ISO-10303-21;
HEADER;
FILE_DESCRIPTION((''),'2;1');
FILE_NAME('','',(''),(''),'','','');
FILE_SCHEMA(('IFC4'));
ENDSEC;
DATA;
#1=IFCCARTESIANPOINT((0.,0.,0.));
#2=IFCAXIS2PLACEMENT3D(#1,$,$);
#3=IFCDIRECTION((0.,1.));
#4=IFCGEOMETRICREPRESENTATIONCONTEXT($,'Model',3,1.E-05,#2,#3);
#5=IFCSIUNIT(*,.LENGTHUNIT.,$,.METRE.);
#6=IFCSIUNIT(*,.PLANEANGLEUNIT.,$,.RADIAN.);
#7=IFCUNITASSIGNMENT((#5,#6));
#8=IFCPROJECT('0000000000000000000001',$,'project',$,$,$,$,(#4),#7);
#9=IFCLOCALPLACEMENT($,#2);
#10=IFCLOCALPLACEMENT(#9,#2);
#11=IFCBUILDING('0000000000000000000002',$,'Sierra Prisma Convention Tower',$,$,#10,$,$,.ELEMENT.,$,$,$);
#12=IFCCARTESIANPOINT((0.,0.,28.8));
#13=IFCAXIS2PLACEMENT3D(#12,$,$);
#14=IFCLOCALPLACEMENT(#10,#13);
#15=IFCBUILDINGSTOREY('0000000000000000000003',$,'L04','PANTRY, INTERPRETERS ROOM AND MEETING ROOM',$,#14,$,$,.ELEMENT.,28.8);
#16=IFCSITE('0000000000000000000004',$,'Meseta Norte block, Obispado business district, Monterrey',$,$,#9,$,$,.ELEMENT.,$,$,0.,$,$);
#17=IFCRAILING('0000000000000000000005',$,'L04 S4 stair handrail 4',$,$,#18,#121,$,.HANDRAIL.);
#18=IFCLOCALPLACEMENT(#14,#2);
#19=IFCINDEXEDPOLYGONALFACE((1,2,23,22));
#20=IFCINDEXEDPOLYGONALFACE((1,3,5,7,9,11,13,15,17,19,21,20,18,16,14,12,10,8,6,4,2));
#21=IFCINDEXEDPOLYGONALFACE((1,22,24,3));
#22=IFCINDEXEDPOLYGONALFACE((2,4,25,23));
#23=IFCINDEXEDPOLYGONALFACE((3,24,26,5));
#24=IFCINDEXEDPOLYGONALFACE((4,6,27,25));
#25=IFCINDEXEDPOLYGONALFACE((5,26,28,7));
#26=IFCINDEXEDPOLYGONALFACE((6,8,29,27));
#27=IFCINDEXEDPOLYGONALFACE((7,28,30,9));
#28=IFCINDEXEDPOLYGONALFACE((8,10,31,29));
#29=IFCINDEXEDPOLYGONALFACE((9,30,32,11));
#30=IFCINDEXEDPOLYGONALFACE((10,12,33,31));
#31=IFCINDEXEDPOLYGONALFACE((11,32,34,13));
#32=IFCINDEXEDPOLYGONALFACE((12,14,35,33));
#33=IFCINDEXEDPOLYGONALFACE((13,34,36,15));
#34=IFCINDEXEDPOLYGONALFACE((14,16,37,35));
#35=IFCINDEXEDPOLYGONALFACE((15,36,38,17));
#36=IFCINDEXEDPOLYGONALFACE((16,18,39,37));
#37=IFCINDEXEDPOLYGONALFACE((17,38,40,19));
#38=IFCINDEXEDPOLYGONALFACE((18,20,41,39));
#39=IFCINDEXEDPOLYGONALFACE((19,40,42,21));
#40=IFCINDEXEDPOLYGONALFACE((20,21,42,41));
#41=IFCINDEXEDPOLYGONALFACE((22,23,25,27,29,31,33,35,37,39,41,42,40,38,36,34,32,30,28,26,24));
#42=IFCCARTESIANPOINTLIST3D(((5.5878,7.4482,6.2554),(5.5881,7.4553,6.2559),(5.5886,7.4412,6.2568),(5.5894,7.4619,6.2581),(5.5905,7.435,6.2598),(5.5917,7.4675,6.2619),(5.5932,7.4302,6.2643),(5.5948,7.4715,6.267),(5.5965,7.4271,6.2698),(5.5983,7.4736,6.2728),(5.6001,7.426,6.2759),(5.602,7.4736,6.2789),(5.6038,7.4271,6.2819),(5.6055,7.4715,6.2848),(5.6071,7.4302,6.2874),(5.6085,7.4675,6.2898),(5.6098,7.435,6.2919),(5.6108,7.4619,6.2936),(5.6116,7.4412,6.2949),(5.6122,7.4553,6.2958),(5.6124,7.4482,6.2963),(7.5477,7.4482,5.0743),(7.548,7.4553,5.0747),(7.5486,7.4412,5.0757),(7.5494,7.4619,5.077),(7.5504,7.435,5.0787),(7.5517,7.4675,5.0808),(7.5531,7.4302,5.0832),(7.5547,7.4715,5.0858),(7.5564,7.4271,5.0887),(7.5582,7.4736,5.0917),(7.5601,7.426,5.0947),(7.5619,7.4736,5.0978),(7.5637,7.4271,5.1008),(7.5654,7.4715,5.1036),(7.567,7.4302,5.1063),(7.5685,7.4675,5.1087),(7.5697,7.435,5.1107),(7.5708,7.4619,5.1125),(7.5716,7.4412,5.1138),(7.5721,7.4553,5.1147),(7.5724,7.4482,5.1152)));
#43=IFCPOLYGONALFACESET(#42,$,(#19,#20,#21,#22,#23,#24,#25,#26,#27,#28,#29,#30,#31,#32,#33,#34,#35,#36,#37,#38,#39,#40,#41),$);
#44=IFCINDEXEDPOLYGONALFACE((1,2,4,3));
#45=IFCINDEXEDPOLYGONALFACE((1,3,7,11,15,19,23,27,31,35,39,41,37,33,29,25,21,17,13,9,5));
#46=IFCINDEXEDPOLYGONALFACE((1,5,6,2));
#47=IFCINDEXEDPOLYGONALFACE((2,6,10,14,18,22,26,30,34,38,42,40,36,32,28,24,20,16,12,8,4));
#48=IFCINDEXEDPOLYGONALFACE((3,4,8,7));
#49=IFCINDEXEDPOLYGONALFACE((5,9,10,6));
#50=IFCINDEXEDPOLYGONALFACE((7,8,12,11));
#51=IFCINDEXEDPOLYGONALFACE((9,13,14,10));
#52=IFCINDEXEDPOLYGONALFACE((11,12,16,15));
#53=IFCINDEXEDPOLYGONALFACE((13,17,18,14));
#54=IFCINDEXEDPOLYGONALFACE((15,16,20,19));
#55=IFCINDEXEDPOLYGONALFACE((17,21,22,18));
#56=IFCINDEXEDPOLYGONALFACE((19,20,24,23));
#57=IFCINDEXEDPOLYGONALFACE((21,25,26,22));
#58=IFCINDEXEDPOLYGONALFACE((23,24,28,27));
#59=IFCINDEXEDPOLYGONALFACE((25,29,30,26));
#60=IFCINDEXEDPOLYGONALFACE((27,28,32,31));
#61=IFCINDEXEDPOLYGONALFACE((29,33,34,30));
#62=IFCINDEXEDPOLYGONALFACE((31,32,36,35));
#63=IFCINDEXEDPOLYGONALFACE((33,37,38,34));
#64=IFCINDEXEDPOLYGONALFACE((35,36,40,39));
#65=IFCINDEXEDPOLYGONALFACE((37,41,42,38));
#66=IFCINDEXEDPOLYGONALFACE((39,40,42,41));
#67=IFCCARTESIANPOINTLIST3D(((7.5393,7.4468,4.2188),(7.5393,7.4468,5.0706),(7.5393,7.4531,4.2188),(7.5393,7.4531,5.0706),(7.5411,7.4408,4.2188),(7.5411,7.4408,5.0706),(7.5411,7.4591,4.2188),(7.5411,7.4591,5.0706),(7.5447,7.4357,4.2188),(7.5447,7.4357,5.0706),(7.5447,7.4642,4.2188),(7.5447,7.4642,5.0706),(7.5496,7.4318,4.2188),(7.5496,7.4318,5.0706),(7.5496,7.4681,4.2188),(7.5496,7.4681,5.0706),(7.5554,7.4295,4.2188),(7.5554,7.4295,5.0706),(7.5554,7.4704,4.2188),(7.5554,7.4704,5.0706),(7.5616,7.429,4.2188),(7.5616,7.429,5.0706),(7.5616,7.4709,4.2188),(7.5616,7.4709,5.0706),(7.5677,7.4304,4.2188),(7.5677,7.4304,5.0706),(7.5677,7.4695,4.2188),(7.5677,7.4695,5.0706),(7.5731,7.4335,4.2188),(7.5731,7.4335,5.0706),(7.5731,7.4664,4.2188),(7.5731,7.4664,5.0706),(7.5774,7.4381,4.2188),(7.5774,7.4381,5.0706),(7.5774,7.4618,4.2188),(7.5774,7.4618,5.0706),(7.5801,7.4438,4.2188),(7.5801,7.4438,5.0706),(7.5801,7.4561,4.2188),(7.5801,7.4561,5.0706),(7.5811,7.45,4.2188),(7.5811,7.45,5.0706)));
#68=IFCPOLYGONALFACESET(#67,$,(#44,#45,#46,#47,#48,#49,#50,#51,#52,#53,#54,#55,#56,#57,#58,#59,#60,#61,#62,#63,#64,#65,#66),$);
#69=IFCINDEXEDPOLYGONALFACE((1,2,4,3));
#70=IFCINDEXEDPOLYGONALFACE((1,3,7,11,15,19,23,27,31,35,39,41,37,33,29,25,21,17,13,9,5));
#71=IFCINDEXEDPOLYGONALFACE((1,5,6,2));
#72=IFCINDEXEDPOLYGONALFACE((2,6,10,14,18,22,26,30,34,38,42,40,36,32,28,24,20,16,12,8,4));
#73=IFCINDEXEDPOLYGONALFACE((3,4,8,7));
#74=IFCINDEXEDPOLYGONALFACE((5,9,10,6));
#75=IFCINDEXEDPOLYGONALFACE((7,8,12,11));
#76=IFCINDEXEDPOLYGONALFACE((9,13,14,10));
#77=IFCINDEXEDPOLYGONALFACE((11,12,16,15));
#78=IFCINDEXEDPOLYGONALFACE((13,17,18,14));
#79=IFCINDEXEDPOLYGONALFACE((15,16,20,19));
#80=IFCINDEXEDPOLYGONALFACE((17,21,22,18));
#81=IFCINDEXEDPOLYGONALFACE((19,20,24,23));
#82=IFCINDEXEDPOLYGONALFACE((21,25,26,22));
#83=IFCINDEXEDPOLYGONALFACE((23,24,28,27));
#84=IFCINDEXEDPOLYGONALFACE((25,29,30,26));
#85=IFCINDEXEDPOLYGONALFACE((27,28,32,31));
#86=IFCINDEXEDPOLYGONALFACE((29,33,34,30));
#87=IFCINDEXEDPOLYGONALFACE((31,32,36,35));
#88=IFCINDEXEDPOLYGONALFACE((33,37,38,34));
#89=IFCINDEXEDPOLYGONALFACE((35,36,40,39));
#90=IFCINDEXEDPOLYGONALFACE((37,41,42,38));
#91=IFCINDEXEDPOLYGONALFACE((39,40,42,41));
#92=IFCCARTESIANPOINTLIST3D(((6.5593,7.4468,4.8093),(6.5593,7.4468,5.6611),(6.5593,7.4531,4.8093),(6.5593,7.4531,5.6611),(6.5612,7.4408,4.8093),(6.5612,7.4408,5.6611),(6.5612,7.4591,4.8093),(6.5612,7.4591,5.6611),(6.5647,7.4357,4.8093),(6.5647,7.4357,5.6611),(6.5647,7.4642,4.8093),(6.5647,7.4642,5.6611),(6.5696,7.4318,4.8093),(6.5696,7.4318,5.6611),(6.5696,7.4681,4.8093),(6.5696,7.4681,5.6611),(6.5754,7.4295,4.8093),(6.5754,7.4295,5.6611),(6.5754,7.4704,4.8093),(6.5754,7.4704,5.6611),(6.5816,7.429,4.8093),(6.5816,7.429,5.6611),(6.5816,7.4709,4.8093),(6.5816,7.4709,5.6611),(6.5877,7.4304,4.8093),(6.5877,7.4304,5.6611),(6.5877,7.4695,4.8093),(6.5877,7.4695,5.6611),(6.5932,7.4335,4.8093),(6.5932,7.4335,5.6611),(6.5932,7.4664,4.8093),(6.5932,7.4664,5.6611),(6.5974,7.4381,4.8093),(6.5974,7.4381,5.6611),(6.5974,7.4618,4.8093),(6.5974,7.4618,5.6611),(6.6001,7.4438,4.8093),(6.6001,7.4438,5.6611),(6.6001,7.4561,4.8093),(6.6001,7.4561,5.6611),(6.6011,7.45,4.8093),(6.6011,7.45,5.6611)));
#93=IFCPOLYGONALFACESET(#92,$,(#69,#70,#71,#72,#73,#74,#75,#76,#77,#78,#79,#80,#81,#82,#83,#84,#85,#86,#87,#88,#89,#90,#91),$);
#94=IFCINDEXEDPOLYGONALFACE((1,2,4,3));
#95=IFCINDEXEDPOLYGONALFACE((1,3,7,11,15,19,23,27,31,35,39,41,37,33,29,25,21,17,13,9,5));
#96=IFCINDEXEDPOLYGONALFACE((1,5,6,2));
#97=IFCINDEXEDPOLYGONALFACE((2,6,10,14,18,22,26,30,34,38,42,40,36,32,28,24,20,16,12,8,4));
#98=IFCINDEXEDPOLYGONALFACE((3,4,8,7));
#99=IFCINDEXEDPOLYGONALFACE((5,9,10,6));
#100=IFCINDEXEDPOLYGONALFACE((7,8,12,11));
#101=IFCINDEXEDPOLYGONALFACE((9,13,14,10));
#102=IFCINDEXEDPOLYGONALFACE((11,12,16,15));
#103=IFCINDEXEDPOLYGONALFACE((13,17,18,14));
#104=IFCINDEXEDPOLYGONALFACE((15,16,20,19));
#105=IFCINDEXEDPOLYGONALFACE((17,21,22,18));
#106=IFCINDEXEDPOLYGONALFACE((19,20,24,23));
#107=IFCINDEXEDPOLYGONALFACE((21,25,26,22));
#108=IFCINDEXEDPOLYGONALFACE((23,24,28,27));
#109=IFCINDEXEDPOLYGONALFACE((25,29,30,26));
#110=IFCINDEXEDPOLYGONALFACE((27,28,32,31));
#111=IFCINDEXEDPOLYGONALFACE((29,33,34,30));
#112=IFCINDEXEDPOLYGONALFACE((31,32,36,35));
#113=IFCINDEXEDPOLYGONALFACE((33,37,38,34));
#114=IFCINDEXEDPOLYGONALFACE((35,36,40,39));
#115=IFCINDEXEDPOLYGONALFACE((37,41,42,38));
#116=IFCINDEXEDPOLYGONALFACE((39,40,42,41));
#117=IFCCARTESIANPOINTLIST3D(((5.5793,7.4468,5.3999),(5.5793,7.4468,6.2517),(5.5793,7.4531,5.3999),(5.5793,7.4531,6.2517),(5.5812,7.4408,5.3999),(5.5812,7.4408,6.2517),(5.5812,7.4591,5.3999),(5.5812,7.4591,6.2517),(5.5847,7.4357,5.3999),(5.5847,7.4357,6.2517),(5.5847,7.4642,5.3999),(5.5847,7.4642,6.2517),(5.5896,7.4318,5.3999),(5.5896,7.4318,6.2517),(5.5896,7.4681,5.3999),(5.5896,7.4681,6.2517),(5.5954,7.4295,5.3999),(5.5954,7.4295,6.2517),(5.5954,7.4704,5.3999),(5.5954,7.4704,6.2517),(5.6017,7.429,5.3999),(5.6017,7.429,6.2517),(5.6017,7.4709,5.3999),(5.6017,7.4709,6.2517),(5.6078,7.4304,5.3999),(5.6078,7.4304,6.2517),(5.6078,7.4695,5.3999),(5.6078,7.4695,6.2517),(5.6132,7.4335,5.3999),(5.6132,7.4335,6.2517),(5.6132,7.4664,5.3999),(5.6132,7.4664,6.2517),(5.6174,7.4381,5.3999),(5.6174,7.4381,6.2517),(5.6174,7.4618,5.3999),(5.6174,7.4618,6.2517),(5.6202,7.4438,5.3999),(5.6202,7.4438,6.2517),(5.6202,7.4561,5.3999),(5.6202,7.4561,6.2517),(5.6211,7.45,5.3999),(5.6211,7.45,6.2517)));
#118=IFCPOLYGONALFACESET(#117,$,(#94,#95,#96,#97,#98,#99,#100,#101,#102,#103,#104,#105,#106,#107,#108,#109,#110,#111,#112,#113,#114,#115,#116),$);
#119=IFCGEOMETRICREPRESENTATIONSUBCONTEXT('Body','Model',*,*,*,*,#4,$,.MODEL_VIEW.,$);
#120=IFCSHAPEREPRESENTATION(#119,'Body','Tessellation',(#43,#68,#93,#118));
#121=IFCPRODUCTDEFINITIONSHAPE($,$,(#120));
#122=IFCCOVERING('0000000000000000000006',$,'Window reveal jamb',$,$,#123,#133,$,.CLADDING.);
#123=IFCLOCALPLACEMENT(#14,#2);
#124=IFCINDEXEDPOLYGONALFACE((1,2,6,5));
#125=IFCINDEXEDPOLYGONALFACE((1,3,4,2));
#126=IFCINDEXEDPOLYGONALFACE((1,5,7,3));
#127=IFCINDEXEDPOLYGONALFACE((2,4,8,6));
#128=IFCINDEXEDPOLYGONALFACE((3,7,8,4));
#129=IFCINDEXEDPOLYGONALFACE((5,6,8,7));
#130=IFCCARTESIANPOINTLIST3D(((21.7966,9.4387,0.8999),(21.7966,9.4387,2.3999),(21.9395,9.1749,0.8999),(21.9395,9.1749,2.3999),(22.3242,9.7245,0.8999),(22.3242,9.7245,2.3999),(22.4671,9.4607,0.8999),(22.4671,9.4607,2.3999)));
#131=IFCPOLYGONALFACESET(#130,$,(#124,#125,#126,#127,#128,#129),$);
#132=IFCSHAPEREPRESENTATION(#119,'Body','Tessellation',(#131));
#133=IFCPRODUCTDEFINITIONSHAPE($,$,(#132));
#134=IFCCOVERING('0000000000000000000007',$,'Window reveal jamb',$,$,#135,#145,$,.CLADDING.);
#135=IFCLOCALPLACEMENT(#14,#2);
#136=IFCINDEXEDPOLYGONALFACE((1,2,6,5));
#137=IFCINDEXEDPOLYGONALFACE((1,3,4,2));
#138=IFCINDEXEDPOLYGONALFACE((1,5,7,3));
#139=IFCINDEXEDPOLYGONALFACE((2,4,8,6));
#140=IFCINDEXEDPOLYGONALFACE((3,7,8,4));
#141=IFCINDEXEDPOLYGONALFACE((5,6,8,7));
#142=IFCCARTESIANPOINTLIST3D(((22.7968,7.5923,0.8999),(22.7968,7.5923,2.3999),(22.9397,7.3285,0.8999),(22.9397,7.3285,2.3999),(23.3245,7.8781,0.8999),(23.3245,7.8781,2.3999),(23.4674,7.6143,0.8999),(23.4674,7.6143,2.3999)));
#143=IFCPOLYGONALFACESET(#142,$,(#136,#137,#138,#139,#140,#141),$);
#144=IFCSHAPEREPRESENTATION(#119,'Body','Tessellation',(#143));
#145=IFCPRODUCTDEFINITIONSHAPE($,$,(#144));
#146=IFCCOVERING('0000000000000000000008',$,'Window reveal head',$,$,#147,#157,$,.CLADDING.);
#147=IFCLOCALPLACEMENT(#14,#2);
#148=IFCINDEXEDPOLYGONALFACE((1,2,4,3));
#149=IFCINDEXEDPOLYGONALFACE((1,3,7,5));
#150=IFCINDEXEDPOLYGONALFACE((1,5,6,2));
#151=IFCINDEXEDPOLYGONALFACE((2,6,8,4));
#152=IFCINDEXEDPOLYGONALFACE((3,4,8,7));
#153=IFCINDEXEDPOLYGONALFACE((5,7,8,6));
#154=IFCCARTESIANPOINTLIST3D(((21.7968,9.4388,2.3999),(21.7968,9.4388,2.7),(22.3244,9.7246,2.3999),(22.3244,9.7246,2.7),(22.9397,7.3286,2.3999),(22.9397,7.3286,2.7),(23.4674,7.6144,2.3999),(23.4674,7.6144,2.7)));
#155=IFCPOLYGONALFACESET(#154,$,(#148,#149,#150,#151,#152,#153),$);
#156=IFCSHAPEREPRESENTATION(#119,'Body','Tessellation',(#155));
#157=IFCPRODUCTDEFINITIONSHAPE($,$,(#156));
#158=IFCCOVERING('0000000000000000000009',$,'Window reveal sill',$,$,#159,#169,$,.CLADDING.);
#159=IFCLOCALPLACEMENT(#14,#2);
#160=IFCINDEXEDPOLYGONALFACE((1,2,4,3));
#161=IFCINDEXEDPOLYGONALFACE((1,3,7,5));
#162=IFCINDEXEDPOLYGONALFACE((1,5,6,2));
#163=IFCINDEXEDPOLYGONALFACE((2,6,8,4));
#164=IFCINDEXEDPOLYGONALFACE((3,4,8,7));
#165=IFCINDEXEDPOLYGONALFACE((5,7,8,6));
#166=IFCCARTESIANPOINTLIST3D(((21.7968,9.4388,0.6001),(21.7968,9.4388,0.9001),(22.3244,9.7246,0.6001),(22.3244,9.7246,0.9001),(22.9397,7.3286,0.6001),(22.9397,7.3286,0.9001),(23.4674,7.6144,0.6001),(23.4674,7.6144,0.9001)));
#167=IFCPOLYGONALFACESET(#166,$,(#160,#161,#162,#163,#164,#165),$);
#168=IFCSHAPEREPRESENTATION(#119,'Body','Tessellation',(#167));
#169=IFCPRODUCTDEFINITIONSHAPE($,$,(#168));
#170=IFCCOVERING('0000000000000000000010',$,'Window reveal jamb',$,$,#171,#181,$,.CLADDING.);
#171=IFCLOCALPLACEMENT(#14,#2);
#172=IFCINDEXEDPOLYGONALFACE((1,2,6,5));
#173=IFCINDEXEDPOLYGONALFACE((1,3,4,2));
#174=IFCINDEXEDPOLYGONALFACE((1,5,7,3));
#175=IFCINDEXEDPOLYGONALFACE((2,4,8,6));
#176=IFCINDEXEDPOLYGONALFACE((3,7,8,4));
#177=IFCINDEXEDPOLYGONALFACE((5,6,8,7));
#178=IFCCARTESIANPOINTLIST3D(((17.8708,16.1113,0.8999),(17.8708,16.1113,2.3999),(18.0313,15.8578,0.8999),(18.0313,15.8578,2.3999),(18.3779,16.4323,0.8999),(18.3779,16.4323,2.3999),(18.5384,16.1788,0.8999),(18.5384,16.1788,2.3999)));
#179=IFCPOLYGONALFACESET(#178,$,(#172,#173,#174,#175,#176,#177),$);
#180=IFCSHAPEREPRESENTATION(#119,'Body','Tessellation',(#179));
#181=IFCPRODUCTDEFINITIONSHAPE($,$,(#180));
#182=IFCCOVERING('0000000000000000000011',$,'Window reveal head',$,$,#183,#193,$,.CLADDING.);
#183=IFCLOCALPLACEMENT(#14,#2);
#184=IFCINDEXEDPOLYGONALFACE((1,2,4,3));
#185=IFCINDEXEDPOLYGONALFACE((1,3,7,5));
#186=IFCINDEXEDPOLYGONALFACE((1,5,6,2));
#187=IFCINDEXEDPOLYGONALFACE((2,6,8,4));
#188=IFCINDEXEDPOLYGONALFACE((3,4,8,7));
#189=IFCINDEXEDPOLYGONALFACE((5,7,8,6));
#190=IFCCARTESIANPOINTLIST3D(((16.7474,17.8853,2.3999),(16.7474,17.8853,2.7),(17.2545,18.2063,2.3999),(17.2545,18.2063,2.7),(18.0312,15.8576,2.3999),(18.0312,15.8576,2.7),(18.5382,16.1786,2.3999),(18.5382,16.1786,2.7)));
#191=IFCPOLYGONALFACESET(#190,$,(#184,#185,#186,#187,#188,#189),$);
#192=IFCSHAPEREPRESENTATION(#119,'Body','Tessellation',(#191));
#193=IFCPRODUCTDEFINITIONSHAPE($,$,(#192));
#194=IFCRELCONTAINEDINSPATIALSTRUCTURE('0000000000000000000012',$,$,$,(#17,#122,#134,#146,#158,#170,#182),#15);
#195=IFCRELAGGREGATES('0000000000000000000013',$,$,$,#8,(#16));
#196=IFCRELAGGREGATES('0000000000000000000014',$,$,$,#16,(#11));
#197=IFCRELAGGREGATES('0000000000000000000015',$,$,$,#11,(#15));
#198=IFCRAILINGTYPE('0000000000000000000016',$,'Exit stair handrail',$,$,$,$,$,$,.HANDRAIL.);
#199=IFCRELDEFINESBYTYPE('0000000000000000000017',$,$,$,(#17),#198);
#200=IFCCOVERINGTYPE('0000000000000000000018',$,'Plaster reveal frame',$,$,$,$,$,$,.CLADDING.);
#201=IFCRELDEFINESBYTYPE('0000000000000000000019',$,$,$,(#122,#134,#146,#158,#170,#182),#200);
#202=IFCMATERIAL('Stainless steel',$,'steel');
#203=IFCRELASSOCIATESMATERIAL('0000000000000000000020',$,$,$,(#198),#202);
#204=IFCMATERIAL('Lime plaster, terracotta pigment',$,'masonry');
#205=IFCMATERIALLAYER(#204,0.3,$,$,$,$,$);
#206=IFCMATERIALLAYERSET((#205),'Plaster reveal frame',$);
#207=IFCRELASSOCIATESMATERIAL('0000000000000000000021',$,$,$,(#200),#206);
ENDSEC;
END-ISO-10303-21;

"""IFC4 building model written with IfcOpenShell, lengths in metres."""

from ifc_helpers import new_model, si_unit, direction, frame, origin, origin_2d, place, context, subcontext, project, spatial, rectangle, circle, extrude, material, layer, layer_set, type_object, element, save


model = new_model("IFC4")

# Units and contexts
model_context = context("Model", 3, precision=1e-05, world=origin(), true_north=direction((0.0, 1.0)))
body_context = subcontext(model_context, "Body", "Model", "MODEL_VIEW")
ifc_project = project(units=[si_unit("LENGTHUNIT", "METRE"), si_unit("PLANEANGLEUNIT", "RADIAN")], contexts=[model_context])

# Site, building, storey
site_placement = place(None, origin())
site = spatial("IfcSite", under=ifc_project, at=site_placement, Name="Meseta Norte block, Obispado business district, Monterrey", CompositionType="ELEMENT", RefElevation=0.0)
building_placement = place(site_placement, origin())
building = spatial("IfcBuilding", under=site, at=building_placement, Name="Sierra Prisma Convention Tower", CompositionType="ELEMENT")
storey_placement = place(building_placement, frame((0.0, 0.0, 28.8)))
storey = spatial("IfcBuildingStorey", under=building, at=storey_placement, Name="L04", Description="PANTRY, INTERPRETERS ROOM AND MEETING ROOM", CompositionType="ELEMENT", Elevation=28.8)

# Railing
ifc_material_1 = material(Name="Stainless steel", Category="steel")
railing_type_1 = type_object("IfcRailingType", Name="Exit stair handrail", PredefinedType="HANDRAIL", material=ifc_material_1)
for number, where, name in (
    (1, (7.5601, 7.45, 4.2188), "L04 S4 stair handrail 4"),
):
    element("IfcRailing", number, at=place(storey_placement, frame(where)), inside=storey, type_object=railing_type_1, Name=name, PredefinedType="HANDRAIL", context=body_context, shape_type="SweptSolid", body=[
        extrude(circle(Radius=0.0239, at=origin_2d()), frame((0.0, 0.0, 0.876), z_axis=(-0.856493, 0.0, 0.516158), x_axis=(0.0, -1.0, 0.0)), (0.0, 0.0, 1.0), 2.2883),
        extrude(circle(Radius=0.021, at=origin_2d()), origin(), (0.0, 0.0, 1.0), 0.8518),
        extrude(circle(Radius=0.021, at=origin_2d()), frame((-0.98, 0.0, 0.5906)), (0.0, 0.0, 1.0), 0.8518),
        extrude(circle(Radius=0.021, at=origin_2d()), frame((-1.96, 0.0, 1.1812)), (0.0, 0.0, 1.0), 0.8518),
    ])

# Coverings
ifc_material_2 = material(Name="Lime plaster, terracotta pigment", Category="masonry")
ifc_layer_1 = layer(ifc_material_2, 0.3)
ifc_layer_set_1 = layer_set([ifc_layer_1], Name="Plaster reveal frame")
covering_type = type_object("IfcCoveringType", Name="Plaster reveal frame", PredefinedType="CLADDING", material=ifc_layer_set_1)
for number, where, z_axis, x_axis, name in (
    (2, (22.1318, 9.4497, 0.8999), (0.0, 0.0, 1.0), (0.476257, -0.879306, 0.0), "Window reveal jamb"),
    (3, (23.1321, 7.6033, 0.8999), (0.0, 0.0, 1.0), (0.476257, -0.879306, 0.0), "Window reveal jamb"),
):
    element("IfcCovering", number, at=place(storey_placement, frame(where, z_axis=z_axis, x_axis=x_axis)), inside=storey, type_object=covering_type, Name=name, PredefinedType="CLADDING", context=body_context, shape_type="SweptSolid", body=[
        extrude(rectangle(XDim=0.3, YDim=0.6001, at=origin_2d()), origin(), (0.0, 0.0, 1.0), 1.5),
    ])
for number, where, z_axis, x_axis, name in (
    (4, (22.6321, 8.5266, 2.3999), (0.0, 0.0, 1.0), (0.476257, -0.879306, 0.0), "Window reveal head"),
    (5, (22.6321, 8.5266, 0.6001), (0.0, 0.0, 1.0), (0.476257, -0.879306, 0.0), "Window reveal sill"),
):
    element("IfcCovering", number, at=place(storey_placement, frame(where, z_axis=z_axis, x_axis=x_axis)), inside=storey, type_object=covering_type, Name=name, PredefinedType="CLADDING", context=body_context, shape_type="SweptSolid", body=[
        extrude(rectangle(XDim=2.3999, YDim=0.6001, at=origin_2d()), origin(), (0.0, 0.0, 1.0), 0.3),
    ])
covering_1_placement = place(storey_placement, frame((18.2046, 16.145, 0.8999), z_axis=(0.0, 0.0, 1.0), x_axis=(0.534914, -0.844906, 0.0)))
element("IfcCovering", 6, at=covering_1_placement, inside=storey, type_object=covering_type, Name="Window reveal jamb", PredefinedType="CLADDING", context=body_context, shape_type="SweptSolid", body=[
    extrude(rectangle(XDim=0.3, YDim=0.6001, at=origin_2d()), origin(), (0.0, 0.0, 1.0), 1.5),
])
covering_2_placement = place(storey_placement, frame((17.6428, 17.032, 2.3999), z_axis=(0.0, 0.0, 1.0), x_axis=(0.534914, -0.844906, 0.0)))
element("IfcCovering", 7, at=covering_2_placement, inside=storey, type_object=covering_type, Name="Window reveal head", PredefinedType="CLADDING", context=body_context, shape_type="SweptSolid", body=[
    extrude(rectangle(XDim=2.3999, YDim=0.6001, at=origin_2d()), origin(), (0.0, 0.0, 1.0), 0.3),
])

save(model, "model.ifc")
